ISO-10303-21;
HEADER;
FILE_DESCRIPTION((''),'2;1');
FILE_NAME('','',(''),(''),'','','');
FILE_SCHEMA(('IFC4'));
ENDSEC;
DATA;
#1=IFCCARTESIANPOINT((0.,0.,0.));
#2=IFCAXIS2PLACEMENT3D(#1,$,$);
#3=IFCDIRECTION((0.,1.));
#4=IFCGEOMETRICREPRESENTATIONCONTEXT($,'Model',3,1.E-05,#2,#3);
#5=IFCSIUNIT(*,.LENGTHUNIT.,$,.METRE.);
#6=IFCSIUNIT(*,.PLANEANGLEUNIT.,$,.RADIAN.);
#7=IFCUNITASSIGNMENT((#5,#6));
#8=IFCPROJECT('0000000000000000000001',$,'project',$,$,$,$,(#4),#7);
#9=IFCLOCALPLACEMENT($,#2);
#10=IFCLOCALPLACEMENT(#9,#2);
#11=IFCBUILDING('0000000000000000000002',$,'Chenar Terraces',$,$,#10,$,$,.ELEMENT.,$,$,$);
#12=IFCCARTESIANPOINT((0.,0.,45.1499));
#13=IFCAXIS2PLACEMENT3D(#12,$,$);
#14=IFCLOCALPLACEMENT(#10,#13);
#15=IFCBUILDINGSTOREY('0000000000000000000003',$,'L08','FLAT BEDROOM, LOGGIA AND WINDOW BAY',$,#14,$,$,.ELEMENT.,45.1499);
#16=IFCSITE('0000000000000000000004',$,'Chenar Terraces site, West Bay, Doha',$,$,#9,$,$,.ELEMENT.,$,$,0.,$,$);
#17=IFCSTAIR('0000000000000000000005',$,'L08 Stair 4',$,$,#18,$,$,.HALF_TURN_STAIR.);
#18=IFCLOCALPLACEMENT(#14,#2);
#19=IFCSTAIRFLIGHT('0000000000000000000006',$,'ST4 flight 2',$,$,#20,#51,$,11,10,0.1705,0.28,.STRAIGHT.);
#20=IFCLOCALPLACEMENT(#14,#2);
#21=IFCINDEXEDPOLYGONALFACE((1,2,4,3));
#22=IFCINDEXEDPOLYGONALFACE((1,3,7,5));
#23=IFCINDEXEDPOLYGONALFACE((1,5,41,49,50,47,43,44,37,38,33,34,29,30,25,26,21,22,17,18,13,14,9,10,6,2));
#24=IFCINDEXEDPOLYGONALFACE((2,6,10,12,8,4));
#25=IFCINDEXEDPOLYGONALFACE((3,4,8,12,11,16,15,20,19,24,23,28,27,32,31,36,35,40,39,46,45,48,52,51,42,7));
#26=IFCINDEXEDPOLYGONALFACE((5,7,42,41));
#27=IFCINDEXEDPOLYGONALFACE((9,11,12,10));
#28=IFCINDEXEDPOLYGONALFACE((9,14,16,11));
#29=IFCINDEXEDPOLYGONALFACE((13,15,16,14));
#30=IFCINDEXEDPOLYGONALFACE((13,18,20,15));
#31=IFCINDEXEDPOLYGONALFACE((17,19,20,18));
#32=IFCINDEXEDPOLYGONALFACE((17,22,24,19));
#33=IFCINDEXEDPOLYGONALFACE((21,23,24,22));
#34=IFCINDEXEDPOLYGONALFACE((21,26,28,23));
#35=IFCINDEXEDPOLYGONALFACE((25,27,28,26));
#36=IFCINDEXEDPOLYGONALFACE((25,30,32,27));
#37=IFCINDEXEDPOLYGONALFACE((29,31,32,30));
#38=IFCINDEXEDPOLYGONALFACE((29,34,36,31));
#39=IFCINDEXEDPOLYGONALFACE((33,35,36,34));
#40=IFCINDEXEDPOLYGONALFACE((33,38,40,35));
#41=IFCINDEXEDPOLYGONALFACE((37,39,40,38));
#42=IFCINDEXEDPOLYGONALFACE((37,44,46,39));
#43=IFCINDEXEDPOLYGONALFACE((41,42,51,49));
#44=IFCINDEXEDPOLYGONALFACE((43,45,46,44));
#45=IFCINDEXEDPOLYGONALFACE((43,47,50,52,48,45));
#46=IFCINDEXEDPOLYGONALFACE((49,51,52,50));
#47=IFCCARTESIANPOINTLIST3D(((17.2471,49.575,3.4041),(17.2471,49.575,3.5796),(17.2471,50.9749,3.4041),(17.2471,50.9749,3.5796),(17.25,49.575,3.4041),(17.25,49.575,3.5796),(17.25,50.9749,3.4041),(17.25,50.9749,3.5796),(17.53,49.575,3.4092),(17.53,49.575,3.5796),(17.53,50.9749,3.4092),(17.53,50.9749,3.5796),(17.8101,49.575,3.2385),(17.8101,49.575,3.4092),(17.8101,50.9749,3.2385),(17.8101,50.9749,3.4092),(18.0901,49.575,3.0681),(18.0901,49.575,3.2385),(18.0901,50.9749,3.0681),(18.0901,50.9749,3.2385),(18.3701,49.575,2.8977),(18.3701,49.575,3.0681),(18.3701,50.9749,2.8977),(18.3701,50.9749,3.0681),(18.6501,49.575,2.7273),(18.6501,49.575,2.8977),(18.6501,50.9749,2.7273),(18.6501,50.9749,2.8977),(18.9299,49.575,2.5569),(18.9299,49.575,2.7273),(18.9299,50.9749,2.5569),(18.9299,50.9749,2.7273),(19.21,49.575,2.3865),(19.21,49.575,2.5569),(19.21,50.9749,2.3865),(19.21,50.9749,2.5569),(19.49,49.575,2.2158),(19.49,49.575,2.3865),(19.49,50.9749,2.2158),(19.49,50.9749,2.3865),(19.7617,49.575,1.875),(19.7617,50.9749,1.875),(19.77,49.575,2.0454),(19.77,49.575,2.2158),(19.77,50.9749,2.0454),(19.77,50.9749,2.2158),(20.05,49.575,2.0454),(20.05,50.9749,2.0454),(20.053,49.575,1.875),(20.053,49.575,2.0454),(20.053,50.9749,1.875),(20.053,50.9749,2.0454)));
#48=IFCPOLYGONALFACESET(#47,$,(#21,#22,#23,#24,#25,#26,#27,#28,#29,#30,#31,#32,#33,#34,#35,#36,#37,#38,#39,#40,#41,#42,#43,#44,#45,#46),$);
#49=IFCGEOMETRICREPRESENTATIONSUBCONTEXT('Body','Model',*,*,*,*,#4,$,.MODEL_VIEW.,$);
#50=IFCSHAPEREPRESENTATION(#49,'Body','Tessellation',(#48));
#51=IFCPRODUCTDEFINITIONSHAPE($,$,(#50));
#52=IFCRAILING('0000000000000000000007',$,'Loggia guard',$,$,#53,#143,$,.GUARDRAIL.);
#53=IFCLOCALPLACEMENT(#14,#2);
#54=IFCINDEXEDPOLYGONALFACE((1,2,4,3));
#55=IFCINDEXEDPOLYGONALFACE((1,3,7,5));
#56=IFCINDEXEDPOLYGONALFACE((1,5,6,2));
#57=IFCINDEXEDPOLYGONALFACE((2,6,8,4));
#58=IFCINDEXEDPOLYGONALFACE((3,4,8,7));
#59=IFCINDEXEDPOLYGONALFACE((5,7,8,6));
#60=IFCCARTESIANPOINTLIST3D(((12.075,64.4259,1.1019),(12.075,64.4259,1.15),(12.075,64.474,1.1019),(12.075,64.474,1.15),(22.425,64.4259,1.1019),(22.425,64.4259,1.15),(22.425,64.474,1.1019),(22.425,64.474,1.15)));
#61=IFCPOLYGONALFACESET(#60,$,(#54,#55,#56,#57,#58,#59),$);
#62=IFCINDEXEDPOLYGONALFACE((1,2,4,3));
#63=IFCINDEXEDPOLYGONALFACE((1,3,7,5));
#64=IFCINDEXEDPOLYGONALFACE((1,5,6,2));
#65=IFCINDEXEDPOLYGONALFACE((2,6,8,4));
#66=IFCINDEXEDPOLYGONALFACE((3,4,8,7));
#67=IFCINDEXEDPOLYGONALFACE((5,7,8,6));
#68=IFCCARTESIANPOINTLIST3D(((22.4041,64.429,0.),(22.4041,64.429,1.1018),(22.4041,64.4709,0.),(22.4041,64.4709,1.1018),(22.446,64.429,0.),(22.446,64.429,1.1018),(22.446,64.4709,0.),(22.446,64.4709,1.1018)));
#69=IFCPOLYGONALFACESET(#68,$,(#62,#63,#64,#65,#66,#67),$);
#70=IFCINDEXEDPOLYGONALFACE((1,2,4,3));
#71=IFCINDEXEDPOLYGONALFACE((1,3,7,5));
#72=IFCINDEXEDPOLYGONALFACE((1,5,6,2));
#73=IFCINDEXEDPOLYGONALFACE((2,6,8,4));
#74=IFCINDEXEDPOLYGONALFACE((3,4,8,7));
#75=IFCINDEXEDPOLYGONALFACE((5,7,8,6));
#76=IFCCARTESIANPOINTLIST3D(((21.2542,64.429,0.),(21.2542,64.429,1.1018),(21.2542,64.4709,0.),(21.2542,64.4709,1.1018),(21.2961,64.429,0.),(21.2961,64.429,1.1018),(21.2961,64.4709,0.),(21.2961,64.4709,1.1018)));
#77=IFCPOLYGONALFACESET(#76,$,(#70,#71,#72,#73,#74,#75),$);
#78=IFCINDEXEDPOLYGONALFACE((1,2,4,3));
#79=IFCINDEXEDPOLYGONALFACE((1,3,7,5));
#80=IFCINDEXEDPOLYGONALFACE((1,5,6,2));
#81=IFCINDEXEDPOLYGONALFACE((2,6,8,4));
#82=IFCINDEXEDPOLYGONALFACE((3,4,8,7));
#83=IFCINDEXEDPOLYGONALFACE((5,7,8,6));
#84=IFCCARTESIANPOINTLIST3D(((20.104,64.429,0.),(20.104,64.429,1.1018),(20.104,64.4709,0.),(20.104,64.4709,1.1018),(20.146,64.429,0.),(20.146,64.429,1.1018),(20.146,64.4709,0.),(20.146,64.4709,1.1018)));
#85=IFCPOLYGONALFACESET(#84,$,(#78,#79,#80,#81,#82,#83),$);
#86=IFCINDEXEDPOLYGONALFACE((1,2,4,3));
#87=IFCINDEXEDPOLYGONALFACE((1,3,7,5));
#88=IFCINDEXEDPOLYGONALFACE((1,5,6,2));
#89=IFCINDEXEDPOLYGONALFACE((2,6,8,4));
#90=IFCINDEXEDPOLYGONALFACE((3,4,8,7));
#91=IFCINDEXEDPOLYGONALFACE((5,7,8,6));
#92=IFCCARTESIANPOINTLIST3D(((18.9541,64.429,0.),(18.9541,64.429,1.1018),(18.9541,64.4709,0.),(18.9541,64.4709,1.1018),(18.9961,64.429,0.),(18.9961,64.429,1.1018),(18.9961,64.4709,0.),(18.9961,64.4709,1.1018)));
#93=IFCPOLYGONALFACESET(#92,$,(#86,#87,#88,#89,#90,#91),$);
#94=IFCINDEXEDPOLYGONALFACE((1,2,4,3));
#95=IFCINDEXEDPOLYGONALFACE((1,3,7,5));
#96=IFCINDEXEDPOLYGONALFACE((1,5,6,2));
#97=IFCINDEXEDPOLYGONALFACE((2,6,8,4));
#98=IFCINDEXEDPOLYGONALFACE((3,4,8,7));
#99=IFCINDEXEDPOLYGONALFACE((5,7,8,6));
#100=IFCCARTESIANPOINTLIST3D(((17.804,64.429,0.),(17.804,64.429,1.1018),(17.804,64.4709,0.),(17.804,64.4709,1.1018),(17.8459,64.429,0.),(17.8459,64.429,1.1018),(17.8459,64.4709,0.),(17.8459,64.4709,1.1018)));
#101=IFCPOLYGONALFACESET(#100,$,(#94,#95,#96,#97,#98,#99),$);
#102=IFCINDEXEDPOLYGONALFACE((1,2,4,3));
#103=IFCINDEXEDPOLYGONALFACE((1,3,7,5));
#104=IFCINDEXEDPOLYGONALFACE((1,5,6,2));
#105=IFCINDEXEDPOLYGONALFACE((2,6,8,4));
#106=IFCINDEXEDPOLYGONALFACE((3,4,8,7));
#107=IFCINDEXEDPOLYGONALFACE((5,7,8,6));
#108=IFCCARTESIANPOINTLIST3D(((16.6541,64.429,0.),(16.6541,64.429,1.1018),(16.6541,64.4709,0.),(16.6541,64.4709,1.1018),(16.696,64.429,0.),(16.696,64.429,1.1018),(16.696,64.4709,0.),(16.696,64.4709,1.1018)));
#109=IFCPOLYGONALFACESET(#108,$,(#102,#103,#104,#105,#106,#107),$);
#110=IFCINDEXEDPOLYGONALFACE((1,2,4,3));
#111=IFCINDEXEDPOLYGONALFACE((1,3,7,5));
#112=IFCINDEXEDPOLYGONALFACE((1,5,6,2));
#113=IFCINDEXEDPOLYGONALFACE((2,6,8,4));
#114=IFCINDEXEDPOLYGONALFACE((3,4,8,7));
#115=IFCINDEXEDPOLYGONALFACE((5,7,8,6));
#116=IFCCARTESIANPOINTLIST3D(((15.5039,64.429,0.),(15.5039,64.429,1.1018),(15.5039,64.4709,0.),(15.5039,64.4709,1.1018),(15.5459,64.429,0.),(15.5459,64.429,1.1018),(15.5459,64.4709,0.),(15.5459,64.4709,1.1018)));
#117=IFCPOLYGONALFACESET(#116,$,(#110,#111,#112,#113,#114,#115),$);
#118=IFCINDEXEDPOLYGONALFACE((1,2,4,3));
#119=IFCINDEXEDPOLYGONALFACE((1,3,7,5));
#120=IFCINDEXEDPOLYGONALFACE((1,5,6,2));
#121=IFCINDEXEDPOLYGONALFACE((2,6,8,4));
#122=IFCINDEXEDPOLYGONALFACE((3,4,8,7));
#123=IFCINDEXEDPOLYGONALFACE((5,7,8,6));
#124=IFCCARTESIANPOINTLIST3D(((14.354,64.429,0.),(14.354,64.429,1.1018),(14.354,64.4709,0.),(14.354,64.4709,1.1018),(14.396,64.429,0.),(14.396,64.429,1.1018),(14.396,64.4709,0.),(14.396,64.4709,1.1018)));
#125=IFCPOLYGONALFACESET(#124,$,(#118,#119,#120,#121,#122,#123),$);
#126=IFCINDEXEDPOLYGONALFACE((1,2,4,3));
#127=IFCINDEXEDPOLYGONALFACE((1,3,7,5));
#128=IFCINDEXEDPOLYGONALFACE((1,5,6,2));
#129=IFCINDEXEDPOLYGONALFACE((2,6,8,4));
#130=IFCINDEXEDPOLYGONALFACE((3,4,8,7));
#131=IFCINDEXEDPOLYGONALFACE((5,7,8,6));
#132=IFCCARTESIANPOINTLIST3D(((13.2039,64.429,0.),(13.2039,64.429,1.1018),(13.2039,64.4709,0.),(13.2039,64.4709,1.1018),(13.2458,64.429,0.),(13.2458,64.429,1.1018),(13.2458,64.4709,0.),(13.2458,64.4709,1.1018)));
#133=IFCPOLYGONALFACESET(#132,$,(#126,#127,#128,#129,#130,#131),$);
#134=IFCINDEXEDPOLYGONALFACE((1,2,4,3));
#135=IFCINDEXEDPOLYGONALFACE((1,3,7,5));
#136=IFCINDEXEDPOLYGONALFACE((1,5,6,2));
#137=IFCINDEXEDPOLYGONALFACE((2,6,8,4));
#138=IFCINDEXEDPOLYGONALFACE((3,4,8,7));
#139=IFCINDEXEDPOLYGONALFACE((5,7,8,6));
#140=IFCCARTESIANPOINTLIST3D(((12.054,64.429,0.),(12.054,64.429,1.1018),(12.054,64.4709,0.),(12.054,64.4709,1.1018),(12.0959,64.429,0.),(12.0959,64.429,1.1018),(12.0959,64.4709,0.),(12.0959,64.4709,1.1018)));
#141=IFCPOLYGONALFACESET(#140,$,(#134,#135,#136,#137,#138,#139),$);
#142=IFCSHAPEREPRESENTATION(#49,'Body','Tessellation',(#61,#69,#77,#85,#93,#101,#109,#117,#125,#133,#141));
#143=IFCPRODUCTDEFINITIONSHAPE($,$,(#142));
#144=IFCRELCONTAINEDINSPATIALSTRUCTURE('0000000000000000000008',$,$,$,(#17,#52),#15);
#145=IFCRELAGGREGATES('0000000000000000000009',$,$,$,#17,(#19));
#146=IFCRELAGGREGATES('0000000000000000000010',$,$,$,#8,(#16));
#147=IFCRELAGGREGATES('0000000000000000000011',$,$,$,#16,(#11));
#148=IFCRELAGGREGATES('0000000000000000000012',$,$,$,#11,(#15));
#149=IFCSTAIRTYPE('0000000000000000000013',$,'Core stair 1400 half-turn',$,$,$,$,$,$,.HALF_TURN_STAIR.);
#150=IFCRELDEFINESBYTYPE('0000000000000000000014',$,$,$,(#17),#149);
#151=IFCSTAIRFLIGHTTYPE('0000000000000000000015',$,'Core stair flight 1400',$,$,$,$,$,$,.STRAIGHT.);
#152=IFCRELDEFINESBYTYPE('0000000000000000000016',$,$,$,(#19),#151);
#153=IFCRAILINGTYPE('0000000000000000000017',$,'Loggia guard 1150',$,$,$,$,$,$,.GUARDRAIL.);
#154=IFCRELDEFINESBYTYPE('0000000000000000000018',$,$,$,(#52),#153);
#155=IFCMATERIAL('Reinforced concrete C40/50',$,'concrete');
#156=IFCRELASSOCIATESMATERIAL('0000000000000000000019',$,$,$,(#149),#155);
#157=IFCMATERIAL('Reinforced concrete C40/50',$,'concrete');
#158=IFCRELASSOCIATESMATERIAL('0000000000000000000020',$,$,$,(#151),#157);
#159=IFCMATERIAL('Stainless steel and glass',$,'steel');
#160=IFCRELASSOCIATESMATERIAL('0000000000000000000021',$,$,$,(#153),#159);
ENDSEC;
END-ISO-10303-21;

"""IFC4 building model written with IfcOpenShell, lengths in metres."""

from ifc_helpers import new_model, si_unit, direction, frame, origin, origin_2d, place, context, subcontext, project, spatial, polyline, rectangle, outline, extrude, material, type_object, element, aggregate, save


model = new_model("IFC4")

# Units and contexts
model_context = context("Model", 3, precision=1e-05, world=origin(), true_north=direction((0.0, 1.0)))
body_context = subcontext(model_context, "Body", "Model", "MODEL_VIEW")
ifc_project = project(units=[si_unit("LENGTHUNIT", "METRE"), si_unit("PLANEANGLEUNIT", "RADIAN")], contexts=[model_context])

# Site, building, storey
site_placement = place(None, origin())
site = spatial("IfcSite", under=ifc_project, at=site_placement, Name="Chenar Terraces site, West Bay, Doha", CompositionType="ELEMENT", RefElevation=0.0)
building_placement = place(site_placement, origin())
building = spatial("IfcBuilding", under=site, at=building_placement, Name="Chenar Terraces", CompositionType="ELEMENT")
storey_placement = place(building_placement, frame((0.0, 0.0, 45.1499)))
storey = spatial("IfcBuildingStorey", under=building, at=storey_placement, Name="L08", Description="FLAT BEDROOM, LOGGIA AND WINDOW BAY", CompositionType="ELEMENT", Elevation=45.1499)

# Stair, stair flight
ifc_material_1 = material(Name="Reinforced concrete C40/50", Category="concrete")
stair_type = type_object("IfcStairType", Name="Core stair 1400 half-turn", PredefinedType="HALF_TURN_STAIR", material=ifc_material_1)
stair_placement = place(storey_placement, origin())
stair = element("IfcStair", 1, at=stair_placement, inside=storey, type_object=stair_type, Name="L08 Stair 4", PredefinedType="HALF_TURN_STAIR")
ifc_material_2 = material(Name="Reinforced concrete C40/50", Category="concrete")
stair_flight_type = type_object("IfcStairFlightType", Name="Core stair flight 1400", PredefinedType="STRAIGHT", material=ifc_material_2)
stair_flight_1_placement = place(storey_placement, frame((20.05, 50.2749, 1.875), z_axis=(0.0, 0.0, 1.0), x_axis=(-1.0, 0.0, 0.0)))
stair_flight_1 = element("IfcStairFlight", 2, at=stair_flight_1_placement, type_object=stair_flight_type, Name="ST4 flight 2", NumberOfRisers=11, NumberOfTreads=10, PredefinedType="STRAIGHT", RiserHeight=0.1705, TreadLength=0.28, context=body_context, shape_type="SweptSolid", body=[
    extrude(outline(polyline([(-0.0029, 0.0), (-0.0029, 0.1704), (0.0, 0.1704), (0.28, 0.1704), (0.28, 0.3408), (0.5601, 0.3408), (0.5601, 0.5115), (0.8401, 0.5115), (0.8401, 0.6819), (1.1201, 0.6819), (1.1201, 0.8523), (1.3999, 0.8523), (1.3999, 1.0227), (1.6799, 1.0227), (1.6799, 1.1931), (1.96, 1.1931), (1.96, 1.3635), (2.24, 1.3635), (2.24, 1.5342), (2.52, 1.5342), (2.52, 1.7046), (2.8, 1.7046), (2.803, 1.7046), (2.803, 1.5291), (2.8, 1.5291), (0.2883, 0.0), (-0.0029, 0.0)])), frame((0.0, 0.7, 0.0), z_axis=(0.0, -1.0, 0.0), x_axis=(1.0, 0.0, 0.0)), (0.0, 0.0, 1.0), 1.3999),
])
aggregate(stair, [stair_flight_1])

# Railing
ifc_material_3 = material(Name="Stainless steel and glass", Category="steel")
railing_type_1 = type_object("IfcRailingType", Name="Loggia guard 1150", PredefinedType="GUARDRAIL", material=ifc_material_3)
railing_1_placement = place(storey_placement, frame((22.425, 64.45, 0.0)))
element("IfcRailing", 3, at=railing_1_placement, inside=storey, type_object=railing_type_1, Name="Loggia guard", PredefinedType="GUARDRAIL", context=body_context, shape_type="SweptSolid", body=[
    extrude(rectangle(XDim=0.0481, YDim=0.0481, at=origin_2d()), frame((0.0, 0.0, 1.126), z_axis=(-1.0, 0.0, 0.0), x_axis=(0.0, -1.0, 0.0)), (0.0, 0.0, 1.0), 10.3501),
    extrude(rectangle(XDim=0.042, YDim=0.042, at=origin_2d()), origin(), (0.0, 0.0, 1.0), 1.1018),
    extrude(rectangle(XDim=0.042, YDim=0.042, at=origin_2d()), frame((-1.1499, 0.0, 0.0)), (0.0, 0.0, 1.0), 1.1018),
    extrude(rectangle(XDim=0.042, YDim=0.042, at=origin_2d()), frame((-2.3, 0.0, 0.0)), (0.0, 0.0, 1.0), 1.1018),
    extrude(rectangle(XDim=0.042, YDim=0.042, at=origin_2d()), frame((-3.45, 0.0, 0.0)), (0.0, 0.0, 1.0), 1.1018),
    extrude(rectangle(XDim=0.042, YDim=0.042, at=origin_2d()), frame((-4.6001, 0.0, 0.0)), (0.0, 0.0, 1.0), 1.1018),
    extrude(rectangle(XDim=0.042, YDim=0.042, at=origin_2d()), frame((-5.75, 0.0, 0.0)), (0.0, 0.0, 1.0), 1.1018),
    extrude(rectangle(XDim=0.042, YDim=0.042, at=origin_2d()), frame((-6.9001, 0.0, 0.0)), (0.0, 0.0, 1.0), 1.1018),
    extrude(rectangle(XDim=0.042, YDim=0.042, at=origin_2d()), frame((-8.05, 0.0, 0.0)), (0.0, 0.0, 1.0), 1.1018),
    extrude(rectangle(XDim=0.042, YDim=0.042, at=origin_2d()), frame((-9.2002, 0.0, 0.0)), (0.0, 0.0, 1.0), 1.1018),
    extrude(rectangle(XDim=0.042, YDim=0.042, at=origin_2d()), frame((-10.3501, 0.0, 0.0)), (0.0, 0.0, 1.0), 1.1018),
])

save(model, "model.ifc")
